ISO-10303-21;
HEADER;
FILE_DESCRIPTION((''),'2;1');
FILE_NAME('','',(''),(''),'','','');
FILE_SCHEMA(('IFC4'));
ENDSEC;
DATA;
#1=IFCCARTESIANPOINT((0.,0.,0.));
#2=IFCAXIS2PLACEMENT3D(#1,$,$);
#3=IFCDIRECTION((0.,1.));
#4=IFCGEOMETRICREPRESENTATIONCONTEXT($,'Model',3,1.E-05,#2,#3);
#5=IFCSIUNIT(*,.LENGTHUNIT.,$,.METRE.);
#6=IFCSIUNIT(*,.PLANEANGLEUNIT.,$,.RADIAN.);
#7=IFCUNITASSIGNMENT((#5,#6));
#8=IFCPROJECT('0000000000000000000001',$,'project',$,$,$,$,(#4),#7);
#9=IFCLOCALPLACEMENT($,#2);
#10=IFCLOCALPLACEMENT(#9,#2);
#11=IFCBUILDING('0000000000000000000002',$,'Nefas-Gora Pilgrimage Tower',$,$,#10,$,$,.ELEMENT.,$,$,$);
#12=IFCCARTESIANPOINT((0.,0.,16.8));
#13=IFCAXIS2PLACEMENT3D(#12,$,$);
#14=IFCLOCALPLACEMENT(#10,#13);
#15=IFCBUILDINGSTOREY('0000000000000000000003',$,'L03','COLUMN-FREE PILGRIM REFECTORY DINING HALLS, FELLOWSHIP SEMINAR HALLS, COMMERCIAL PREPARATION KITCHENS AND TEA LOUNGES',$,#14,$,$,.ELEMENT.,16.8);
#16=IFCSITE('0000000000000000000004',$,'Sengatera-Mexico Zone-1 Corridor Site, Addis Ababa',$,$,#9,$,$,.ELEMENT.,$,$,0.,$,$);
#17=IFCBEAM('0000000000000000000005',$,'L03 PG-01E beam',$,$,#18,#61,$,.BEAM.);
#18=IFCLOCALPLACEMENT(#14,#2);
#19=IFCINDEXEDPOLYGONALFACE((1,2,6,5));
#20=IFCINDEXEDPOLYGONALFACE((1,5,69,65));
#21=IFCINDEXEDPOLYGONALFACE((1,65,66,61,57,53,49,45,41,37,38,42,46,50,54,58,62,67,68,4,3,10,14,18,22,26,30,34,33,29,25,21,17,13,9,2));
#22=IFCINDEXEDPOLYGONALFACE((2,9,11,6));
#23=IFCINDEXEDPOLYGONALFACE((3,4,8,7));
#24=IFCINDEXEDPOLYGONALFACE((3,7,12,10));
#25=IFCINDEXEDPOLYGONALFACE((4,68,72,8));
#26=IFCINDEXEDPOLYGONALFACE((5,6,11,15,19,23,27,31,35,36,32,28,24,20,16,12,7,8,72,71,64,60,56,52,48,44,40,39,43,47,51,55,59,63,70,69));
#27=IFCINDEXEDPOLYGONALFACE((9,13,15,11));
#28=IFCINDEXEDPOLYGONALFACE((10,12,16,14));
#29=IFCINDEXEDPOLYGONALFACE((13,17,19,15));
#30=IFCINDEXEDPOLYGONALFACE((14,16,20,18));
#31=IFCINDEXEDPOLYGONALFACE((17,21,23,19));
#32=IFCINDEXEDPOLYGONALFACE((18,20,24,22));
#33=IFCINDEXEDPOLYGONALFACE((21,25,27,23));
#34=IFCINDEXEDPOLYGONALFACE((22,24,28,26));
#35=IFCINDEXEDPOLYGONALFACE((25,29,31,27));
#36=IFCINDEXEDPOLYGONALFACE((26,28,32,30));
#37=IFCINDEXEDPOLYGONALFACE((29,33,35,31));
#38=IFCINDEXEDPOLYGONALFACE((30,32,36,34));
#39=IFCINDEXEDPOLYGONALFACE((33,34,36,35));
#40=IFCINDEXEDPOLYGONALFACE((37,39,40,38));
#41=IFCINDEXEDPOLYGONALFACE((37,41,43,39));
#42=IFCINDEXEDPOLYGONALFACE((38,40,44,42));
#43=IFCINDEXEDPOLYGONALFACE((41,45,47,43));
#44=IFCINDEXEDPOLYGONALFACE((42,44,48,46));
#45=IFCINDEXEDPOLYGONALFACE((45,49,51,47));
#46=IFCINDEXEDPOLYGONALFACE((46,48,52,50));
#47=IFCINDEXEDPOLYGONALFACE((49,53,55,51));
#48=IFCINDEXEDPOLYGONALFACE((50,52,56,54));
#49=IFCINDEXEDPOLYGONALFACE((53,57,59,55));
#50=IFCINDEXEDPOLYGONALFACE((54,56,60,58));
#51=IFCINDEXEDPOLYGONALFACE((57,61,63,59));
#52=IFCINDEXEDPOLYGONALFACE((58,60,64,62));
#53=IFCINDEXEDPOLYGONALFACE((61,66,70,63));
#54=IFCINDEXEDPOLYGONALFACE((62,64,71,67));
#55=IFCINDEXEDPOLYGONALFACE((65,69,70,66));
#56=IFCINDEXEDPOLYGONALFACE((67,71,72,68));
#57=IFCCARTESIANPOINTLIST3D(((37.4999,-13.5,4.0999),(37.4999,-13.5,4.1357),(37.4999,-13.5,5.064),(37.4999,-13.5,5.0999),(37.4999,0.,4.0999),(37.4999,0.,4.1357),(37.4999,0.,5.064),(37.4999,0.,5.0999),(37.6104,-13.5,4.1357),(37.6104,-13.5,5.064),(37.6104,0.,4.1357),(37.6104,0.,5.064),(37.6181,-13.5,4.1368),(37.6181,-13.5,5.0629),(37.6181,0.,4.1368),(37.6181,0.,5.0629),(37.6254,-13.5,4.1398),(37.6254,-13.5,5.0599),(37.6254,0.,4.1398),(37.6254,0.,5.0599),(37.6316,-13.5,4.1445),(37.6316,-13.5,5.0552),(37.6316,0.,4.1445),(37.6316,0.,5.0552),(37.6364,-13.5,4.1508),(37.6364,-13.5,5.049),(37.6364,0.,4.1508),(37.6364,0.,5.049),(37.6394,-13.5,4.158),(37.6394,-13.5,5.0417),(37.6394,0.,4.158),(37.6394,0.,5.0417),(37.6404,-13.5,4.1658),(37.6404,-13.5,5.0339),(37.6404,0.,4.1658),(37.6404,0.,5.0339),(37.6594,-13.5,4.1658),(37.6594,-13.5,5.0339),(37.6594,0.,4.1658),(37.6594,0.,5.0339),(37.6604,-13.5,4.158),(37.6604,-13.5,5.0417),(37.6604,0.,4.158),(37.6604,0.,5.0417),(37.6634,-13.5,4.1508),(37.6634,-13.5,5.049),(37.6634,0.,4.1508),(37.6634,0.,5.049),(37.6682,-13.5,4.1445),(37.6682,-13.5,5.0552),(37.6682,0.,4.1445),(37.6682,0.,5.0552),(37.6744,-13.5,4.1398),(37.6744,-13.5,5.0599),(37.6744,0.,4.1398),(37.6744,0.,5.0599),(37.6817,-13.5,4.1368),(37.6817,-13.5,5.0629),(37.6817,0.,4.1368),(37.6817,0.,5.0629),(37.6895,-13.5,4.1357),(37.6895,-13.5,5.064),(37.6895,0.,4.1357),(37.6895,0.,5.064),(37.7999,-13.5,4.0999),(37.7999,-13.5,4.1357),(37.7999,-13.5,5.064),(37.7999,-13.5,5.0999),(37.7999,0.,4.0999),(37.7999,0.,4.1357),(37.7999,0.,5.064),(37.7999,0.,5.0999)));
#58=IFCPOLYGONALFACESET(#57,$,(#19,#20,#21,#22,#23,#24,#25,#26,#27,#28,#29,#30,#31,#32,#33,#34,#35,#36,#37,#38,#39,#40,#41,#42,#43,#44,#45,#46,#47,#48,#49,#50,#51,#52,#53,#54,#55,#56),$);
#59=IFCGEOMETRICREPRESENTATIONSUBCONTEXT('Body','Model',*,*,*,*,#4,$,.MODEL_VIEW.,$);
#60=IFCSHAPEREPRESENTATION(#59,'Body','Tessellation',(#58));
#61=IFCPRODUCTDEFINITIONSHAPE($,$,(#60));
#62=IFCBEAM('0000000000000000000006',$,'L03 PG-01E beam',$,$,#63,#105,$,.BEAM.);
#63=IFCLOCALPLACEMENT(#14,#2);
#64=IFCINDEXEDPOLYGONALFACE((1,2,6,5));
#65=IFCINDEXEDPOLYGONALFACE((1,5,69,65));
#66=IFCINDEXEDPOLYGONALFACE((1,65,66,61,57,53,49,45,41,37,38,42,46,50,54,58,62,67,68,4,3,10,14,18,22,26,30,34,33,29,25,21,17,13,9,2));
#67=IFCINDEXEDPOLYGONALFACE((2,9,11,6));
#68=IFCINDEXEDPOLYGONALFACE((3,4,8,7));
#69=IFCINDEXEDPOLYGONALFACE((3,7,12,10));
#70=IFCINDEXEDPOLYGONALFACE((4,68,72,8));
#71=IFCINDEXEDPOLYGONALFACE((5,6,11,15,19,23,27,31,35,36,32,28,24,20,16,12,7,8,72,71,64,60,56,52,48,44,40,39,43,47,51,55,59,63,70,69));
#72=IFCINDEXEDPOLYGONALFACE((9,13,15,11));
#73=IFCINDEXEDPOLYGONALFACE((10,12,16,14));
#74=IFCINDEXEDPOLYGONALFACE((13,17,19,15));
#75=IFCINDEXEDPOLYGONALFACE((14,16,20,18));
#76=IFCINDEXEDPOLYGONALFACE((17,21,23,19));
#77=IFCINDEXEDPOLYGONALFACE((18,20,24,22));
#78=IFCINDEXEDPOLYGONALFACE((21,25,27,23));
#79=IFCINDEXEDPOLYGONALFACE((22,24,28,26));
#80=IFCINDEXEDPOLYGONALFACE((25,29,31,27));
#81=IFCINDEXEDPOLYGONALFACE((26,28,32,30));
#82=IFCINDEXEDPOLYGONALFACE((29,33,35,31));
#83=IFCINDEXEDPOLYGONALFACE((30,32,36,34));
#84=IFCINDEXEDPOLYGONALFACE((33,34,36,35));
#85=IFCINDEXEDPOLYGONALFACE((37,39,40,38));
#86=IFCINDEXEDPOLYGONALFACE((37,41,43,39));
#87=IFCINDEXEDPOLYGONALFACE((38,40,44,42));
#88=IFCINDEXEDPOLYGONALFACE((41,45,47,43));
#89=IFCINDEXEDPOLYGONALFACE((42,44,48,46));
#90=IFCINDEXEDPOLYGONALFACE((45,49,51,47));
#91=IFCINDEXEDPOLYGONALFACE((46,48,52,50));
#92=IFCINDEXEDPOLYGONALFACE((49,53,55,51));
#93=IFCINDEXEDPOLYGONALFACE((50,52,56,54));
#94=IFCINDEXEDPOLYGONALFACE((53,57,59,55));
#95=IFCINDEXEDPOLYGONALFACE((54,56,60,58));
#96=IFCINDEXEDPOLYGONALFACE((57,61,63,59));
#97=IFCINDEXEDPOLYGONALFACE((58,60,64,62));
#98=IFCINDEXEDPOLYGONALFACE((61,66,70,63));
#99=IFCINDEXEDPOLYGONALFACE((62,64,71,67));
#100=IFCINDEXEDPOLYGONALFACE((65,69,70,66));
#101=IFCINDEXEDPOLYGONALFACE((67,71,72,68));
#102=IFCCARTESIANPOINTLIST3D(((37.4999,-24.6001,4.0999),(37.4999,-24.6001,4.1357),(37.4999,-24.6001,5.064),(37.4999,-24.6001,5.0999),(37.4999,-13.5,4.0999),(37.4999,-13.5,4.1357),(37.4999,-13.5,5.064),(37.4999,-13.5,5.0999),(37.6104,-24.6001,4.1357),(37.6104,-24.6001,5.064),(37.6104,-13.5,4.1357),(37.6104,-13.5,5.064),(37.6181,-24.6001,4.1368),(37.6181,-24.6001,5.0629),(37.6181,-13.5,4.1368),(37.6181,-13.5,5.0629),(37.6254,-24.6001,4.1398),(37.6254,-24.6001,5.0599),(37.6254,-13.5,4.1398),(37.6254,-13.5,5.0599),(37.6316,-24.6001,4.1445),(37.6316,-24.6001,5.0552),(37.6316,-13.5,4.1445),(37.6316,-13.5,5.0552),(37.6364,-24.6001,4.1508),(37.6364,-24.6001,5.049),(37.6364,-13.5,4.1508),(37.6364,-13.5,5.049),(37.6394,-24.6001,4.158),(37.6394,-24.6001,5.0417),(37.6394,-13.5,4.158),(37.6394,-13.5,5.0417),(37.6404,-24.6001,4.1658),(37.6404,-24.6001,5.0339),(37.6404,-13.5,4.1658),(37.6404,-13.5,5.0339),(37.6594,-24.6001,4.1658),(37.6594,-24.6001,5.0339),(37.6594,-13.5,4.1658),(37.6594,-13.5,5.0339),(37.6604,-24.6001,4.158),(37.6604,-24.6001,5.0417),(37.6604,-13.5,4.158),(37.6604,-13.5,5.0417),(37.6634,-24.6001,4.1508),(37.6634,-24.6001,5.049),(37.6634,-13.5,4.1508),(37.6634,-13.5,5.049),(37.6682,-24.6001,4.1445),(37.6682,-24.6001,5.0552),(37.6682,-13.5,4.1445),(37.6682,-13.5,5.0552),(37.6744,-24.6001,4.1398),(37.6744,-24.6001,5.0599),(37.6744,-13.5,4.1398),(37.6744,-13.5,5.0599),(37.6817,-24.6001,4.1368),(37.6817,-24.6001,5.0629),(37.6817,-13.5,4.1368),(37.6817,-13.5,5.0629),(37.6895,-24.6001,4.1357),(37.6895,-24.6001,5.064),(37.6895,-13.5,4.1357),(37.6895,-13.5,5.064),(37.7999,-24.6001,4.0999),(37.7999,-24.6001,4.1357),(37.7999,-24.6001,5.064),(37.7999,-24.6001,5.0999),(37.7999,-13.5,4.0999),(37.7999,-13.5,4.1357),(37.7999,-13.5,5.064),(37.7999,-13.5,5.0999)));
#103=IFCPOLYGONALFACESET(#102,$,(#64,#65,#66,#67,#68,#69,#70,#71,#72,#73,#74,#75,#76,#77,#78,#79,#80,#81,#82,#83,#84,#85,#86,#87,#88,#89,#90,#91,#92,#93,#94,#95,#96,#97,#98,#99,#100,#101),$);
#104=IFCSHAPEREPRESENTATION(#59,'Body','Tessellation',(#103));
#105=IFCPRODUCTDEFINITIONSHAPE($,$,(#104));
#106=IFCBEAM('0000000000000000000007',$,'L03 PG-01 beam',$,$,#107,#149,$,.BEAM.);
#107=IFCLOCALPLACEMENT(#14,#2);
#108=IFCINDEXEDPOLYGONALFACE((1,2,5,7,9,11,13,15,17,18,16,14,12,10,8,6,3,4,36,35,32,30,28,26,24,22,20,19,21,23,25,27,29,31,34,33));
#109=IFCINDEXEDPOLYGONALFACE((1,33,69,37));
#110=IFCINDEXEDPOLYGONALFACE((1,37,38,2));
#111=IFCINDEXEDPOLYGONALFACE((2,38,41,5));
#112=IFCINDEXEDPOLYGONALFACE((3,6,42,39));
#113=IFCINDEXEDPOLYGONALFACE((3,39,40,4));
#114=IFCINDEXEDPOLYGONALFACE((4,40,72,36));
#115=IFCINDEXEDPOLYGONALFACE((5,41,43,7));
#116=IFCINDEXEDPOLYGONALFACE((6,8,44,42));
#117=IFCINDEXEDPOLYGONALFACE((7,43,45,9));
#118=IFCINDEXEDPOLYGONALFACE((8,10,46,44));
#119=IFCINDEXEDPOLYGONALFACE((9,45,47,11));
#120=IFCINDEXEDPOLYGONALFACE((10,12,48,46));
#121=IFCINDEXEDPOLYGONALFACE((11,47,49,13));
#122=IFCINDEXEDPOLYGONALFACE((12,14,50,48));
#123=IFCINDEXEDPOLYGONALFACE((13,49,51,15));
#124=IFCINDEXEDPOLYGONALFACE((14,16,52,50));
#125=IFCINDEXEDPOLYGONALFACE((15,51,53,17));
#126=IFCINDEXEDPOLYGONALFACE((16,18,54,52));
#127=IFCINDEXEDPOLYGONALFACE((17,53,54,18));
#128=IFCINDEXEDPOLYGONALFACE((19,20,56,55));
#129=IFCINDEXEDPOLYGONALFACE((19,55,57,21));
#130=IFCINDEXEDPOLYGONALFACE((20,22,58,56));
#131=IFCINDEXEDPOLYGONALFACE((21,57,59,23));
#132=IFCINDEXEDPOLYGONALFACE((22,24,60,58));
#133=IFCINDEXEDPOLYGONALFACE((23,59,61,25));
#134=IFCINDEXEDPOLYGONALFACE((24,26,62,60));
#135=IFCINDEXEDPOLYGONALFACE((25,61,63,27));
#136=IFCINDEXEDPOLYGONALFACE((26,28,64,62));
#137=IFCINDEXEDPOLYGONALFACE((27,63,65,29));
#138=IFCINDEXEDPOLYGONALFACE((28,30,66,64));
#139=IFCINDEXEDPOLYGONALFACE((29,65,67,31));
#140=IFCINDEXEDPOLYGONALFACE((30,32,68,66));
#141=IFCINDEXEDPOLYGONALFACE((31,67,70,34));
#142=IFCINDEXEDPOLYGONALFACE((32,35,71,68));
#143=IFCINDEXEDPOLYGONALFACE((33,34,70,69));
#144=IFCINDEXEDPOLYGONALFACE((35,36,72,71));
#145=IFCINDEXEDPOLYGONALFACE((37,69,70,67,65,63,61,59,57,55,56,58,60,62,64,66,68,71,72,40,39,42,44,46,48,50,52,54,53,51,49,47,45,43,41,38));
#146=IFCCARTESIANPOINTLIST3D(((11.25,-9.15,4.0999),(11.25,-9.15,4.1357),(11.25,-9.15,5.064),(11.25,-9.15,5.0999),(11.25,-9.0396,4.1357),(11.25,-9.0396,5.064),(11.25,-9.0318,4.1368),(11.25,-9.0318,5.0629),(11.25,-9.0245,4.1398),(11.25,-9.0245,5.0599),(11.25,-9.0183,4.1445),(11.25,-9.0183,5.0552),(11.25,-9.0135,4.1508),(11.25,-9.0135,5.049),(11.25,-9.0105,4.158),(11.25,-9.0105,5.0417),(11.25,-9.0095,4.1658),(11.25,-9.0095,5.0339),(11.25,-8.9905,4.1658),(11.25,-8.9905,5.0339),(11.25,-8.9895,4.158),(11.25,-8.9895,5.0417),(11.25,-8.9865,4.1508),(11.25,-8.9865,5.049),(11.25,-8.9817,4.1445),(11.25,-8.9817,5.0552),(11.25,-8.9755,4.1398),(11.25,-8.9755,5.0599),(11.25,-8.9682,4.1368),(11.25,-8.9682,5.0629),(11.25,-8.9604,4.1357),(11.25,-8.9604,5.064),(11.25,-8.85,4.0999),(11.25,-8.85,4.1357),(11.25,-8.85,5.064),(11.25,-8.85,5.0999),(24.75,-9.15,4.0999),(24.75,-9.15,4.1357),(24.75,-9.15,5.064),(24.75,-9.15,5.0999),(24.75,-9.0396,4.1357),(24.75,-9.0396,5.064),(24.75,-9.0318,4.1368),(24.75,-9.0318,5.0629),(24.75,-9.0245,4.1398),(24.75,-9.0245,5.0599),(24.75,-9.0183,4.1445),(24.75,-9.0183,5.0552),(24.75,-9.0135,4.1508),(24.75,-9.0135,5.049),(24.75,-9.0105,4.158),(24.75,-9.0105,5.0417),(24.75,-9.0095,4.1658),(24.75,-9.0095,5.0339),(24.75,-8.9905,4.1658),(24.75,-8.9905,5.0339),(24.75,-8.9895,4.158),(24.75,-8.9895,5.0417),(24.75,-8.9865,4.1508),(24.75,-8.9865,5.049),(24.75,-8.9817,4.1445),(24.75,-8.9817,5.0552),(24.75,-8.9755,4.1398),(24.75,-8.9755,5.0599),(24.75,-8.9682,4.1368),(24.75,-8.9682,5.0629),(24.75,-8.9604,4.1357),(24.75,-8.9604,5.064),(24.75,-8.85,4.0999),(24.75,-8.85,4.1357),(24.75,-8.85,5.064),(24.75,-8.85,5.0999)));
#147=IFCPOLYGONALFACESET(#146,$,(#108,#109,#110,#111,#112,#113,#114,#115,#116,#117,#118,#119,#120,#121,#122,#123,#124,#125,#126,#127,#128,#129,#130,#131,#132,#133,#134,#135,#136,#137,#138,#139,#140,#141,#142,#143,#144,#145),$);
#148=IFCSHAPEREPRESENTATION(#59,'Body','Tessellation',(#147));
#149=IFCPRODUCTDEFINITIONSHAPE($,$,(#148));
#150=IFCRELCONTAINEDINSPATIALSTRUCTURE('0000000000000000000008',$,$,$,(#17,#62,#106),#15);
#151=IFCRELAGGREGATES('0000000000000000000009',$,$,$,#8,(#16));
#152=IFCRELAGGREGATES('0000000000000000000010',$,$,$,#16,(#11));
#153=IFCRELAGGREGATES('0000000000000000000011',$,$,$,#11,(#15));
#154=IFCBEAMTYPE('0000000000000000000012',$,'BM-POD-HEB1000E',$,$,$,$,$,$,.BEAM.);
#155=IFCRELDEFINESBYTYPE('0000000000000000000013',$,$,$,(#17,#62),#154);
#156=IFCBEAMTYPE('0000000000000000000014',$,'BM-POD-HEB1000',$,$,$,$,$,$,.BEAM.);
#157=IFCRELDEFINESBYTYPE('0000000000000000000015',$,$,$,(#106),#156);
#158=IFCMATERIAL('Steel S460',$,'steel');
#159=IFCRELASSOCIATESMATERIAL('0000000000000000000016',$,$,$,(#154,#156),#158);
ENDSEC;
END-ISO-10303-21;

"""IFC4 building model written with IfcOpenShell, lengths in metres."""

from ifc_helpers import new_model, si_unit, direction, frame, origin, origin_2d, place, context, subcontext, project, spatial, i_section, extrude, source, transform, mapped, material, material_profile, profile_set, type_object, element, save


model = new_model("IFC4")

# Units and contexts
model_context = context("Model", 3, precision=1e-05, world=origin(), true_north=direction((0.0, 1.0)))
body_context = subcontext(model_context, "Body", "Model", "MODEL_VIEW")
ifc_project = project(units=[si_unit("LENGTHUNIT", "METRE"), si_unit("PLANEANGLEUNIT", "RADIAN")], contexts=[model_context])

# Site, building, storey
site_placement = place(None, origin())
site = spatial("IfcSite", under=ifc_project, at=site_placement, Name="Sengatera-Mexico Zone-1 Corridor Site, Addis Ababa", CompositionType="ELEMENT", RefElevation=0.0)
building_placement = place(site_placement, origin())
building = spatial("IfcBuilding", under=site, at=building_placement, Name="Nefas-Gora Pilgrimage Tower", CompositionType="ELEMENT")
storey_placement = place(building_placement, frame((0.0, 0.0, 16.8)))
storey = spatial("IfcBuildingStorey", under=building, at=storey_placement, Name="L03", Description="COLUMN-FREE PILGRIM REFECTORY DINING HALLS, FELLOWSHIP SEMINAR HALLS, COMMERCIAL PREPARATION KITCHENS AND TEA LOUNGES", CompositionType="ELEMENT", Elevation=16.8)

# Shared definitions
ifc_material_1 = material(Name="Steel S460", Category="steel")

# Beams
ifc_material_profile_1 = material_profile(ifc_material_1, i_section(OverallWidth=0.3, OverallDepth=1.0, WebThickness=0.019, FlangeThickness=0.0359, FilletRadius=0.03, at=origin_2d()), Name="HEB 1000")
ifc_profile_set_1 = profile_set([ifc_material_profile_1], Name="Steel S460")
beam_type_1 = type_object("IfcBeamType", Name="BM-POD-HEB1000E", PredefinedType="BEAM", material=ifc_profile_set_1)
shared_shape_1 = source(origin(), body_context, "Body", "SweptSolid", [
    extrude(i_section(OverallWidth=0.3, OverallDepth=1.0, WebThickness=0.019, FlangeThickness=0.0359, FilletRadius=0.03, at=origin_2d()), origin(), (0.0, 0.0, 1.0), 13.5),
])
beam_1_placement = place(storey_placement, frame((37.6499, -13.5, 4.5999), z_axis=(0.0, 1.0, 0.0), x_axis=(-1.0, 0.0, 0.0)))
element("IfcBeam", 1, at=beam_1_placement, inside=storey, type_object=beam_type_1, Name="L03 PG-01E beam", PredefinedType="BEAM", context=body_context, shape_type="MappedRepresentation", body=[
    mapped(shared_shape_1, transform((0.0, 0.0, 0.0), x_axis=(1.0, 0.0, 0.0), y_axis=(0.0, 1.0, 0.0), z_axis=(0.0, 0.0, 1.0), scale=1.0)),
])
shared_shape_2 = source(origin(), body_context, "Body", "SweptSolid", [
    extrude(i_section(OverallWidth=0.3, OverallDepth=1.0, WebThickness=0.019, FlangeThickness=0.0359, FilletRadius=0.03, at=origin_2d()), origin(), (0.0, 0.0, 1.0), 11.1001),
])
beam_2_placement = place(storey_placement, frame((37.6499, -24.6001, 4.5999), z_axis=(0.0, 1.0, 0.0), x_axis=(-1.0, 0.0, 0.0)))
element("IfcBeam", 2, at=beam_2_placement, inside=storey, type_object=beam_type_1, Name="L03 PG-01E beam", PredefinedType="BEAM", context=body_context, shape_type="MappedRepresentation", body=[
    mapped(shared_shape_2, transform((0.0, 0.0, 0.0), x_axis=(1.0, 0.0, 0.0), y_axis=(0.0, 1.0, 0.0), z_axis=(0.0, 0.0, 1.0), scale=1.0)),
])
ifc_material_profile_2 = material_profile(ifc_material_1, i_section(OverallWidth=0.3, OverallDepth=1.0, WebThickness=0.019, FlangeThickness=0.0359, FilletRadius=0.03, at=origin_2d()), Name="HEB 1000")
ifc_profile_set_2 = profile_set([ifc_material_profile_2], Name="Steel S460")
beam_type_2 = type_object("IfcBeamType", Name="BM-POD-HEB1000", PredefinedType="BEAM", material=ifc_profile_set_2)
shared_shape_3 = source(origin(), body_context, "Body", "SweptSolid", [
    extrude(i_section(OverallWidth=0.3, OverallDepth=1.0, WebThickness=0.019, FlangeThickness=0.0359, FilletRadius=0.03, at=origin_2d()), origin(), (0.0, 0.0, 1.0), 13.5),
])
beam_3_placement = place(storey_placement, frame((11.25, -9.0, 4.5999), z_axis=(1.0, 0.0, 0.0), x_axis=(0.0, 1.0, 0.0)))
element("IfcBeam", 3, at=beam_3_placement, inside=storey, type_object=beam_type_2, Name="L03 PG-01 beam", PredefinedType="BEAM", context=body_context, shape_type="MappedRepresentation", body=[
    mapped(shared_shape_3, transform((0.0, 0.0, 0.0), x_axis=(1.0, 0.0, 0.0), y_axis=(0.0, 1.0, 0.0), z_axis=(0.0, 0.0, 1.0), scale=1.0)),
])

save(model, "model.ifc")
